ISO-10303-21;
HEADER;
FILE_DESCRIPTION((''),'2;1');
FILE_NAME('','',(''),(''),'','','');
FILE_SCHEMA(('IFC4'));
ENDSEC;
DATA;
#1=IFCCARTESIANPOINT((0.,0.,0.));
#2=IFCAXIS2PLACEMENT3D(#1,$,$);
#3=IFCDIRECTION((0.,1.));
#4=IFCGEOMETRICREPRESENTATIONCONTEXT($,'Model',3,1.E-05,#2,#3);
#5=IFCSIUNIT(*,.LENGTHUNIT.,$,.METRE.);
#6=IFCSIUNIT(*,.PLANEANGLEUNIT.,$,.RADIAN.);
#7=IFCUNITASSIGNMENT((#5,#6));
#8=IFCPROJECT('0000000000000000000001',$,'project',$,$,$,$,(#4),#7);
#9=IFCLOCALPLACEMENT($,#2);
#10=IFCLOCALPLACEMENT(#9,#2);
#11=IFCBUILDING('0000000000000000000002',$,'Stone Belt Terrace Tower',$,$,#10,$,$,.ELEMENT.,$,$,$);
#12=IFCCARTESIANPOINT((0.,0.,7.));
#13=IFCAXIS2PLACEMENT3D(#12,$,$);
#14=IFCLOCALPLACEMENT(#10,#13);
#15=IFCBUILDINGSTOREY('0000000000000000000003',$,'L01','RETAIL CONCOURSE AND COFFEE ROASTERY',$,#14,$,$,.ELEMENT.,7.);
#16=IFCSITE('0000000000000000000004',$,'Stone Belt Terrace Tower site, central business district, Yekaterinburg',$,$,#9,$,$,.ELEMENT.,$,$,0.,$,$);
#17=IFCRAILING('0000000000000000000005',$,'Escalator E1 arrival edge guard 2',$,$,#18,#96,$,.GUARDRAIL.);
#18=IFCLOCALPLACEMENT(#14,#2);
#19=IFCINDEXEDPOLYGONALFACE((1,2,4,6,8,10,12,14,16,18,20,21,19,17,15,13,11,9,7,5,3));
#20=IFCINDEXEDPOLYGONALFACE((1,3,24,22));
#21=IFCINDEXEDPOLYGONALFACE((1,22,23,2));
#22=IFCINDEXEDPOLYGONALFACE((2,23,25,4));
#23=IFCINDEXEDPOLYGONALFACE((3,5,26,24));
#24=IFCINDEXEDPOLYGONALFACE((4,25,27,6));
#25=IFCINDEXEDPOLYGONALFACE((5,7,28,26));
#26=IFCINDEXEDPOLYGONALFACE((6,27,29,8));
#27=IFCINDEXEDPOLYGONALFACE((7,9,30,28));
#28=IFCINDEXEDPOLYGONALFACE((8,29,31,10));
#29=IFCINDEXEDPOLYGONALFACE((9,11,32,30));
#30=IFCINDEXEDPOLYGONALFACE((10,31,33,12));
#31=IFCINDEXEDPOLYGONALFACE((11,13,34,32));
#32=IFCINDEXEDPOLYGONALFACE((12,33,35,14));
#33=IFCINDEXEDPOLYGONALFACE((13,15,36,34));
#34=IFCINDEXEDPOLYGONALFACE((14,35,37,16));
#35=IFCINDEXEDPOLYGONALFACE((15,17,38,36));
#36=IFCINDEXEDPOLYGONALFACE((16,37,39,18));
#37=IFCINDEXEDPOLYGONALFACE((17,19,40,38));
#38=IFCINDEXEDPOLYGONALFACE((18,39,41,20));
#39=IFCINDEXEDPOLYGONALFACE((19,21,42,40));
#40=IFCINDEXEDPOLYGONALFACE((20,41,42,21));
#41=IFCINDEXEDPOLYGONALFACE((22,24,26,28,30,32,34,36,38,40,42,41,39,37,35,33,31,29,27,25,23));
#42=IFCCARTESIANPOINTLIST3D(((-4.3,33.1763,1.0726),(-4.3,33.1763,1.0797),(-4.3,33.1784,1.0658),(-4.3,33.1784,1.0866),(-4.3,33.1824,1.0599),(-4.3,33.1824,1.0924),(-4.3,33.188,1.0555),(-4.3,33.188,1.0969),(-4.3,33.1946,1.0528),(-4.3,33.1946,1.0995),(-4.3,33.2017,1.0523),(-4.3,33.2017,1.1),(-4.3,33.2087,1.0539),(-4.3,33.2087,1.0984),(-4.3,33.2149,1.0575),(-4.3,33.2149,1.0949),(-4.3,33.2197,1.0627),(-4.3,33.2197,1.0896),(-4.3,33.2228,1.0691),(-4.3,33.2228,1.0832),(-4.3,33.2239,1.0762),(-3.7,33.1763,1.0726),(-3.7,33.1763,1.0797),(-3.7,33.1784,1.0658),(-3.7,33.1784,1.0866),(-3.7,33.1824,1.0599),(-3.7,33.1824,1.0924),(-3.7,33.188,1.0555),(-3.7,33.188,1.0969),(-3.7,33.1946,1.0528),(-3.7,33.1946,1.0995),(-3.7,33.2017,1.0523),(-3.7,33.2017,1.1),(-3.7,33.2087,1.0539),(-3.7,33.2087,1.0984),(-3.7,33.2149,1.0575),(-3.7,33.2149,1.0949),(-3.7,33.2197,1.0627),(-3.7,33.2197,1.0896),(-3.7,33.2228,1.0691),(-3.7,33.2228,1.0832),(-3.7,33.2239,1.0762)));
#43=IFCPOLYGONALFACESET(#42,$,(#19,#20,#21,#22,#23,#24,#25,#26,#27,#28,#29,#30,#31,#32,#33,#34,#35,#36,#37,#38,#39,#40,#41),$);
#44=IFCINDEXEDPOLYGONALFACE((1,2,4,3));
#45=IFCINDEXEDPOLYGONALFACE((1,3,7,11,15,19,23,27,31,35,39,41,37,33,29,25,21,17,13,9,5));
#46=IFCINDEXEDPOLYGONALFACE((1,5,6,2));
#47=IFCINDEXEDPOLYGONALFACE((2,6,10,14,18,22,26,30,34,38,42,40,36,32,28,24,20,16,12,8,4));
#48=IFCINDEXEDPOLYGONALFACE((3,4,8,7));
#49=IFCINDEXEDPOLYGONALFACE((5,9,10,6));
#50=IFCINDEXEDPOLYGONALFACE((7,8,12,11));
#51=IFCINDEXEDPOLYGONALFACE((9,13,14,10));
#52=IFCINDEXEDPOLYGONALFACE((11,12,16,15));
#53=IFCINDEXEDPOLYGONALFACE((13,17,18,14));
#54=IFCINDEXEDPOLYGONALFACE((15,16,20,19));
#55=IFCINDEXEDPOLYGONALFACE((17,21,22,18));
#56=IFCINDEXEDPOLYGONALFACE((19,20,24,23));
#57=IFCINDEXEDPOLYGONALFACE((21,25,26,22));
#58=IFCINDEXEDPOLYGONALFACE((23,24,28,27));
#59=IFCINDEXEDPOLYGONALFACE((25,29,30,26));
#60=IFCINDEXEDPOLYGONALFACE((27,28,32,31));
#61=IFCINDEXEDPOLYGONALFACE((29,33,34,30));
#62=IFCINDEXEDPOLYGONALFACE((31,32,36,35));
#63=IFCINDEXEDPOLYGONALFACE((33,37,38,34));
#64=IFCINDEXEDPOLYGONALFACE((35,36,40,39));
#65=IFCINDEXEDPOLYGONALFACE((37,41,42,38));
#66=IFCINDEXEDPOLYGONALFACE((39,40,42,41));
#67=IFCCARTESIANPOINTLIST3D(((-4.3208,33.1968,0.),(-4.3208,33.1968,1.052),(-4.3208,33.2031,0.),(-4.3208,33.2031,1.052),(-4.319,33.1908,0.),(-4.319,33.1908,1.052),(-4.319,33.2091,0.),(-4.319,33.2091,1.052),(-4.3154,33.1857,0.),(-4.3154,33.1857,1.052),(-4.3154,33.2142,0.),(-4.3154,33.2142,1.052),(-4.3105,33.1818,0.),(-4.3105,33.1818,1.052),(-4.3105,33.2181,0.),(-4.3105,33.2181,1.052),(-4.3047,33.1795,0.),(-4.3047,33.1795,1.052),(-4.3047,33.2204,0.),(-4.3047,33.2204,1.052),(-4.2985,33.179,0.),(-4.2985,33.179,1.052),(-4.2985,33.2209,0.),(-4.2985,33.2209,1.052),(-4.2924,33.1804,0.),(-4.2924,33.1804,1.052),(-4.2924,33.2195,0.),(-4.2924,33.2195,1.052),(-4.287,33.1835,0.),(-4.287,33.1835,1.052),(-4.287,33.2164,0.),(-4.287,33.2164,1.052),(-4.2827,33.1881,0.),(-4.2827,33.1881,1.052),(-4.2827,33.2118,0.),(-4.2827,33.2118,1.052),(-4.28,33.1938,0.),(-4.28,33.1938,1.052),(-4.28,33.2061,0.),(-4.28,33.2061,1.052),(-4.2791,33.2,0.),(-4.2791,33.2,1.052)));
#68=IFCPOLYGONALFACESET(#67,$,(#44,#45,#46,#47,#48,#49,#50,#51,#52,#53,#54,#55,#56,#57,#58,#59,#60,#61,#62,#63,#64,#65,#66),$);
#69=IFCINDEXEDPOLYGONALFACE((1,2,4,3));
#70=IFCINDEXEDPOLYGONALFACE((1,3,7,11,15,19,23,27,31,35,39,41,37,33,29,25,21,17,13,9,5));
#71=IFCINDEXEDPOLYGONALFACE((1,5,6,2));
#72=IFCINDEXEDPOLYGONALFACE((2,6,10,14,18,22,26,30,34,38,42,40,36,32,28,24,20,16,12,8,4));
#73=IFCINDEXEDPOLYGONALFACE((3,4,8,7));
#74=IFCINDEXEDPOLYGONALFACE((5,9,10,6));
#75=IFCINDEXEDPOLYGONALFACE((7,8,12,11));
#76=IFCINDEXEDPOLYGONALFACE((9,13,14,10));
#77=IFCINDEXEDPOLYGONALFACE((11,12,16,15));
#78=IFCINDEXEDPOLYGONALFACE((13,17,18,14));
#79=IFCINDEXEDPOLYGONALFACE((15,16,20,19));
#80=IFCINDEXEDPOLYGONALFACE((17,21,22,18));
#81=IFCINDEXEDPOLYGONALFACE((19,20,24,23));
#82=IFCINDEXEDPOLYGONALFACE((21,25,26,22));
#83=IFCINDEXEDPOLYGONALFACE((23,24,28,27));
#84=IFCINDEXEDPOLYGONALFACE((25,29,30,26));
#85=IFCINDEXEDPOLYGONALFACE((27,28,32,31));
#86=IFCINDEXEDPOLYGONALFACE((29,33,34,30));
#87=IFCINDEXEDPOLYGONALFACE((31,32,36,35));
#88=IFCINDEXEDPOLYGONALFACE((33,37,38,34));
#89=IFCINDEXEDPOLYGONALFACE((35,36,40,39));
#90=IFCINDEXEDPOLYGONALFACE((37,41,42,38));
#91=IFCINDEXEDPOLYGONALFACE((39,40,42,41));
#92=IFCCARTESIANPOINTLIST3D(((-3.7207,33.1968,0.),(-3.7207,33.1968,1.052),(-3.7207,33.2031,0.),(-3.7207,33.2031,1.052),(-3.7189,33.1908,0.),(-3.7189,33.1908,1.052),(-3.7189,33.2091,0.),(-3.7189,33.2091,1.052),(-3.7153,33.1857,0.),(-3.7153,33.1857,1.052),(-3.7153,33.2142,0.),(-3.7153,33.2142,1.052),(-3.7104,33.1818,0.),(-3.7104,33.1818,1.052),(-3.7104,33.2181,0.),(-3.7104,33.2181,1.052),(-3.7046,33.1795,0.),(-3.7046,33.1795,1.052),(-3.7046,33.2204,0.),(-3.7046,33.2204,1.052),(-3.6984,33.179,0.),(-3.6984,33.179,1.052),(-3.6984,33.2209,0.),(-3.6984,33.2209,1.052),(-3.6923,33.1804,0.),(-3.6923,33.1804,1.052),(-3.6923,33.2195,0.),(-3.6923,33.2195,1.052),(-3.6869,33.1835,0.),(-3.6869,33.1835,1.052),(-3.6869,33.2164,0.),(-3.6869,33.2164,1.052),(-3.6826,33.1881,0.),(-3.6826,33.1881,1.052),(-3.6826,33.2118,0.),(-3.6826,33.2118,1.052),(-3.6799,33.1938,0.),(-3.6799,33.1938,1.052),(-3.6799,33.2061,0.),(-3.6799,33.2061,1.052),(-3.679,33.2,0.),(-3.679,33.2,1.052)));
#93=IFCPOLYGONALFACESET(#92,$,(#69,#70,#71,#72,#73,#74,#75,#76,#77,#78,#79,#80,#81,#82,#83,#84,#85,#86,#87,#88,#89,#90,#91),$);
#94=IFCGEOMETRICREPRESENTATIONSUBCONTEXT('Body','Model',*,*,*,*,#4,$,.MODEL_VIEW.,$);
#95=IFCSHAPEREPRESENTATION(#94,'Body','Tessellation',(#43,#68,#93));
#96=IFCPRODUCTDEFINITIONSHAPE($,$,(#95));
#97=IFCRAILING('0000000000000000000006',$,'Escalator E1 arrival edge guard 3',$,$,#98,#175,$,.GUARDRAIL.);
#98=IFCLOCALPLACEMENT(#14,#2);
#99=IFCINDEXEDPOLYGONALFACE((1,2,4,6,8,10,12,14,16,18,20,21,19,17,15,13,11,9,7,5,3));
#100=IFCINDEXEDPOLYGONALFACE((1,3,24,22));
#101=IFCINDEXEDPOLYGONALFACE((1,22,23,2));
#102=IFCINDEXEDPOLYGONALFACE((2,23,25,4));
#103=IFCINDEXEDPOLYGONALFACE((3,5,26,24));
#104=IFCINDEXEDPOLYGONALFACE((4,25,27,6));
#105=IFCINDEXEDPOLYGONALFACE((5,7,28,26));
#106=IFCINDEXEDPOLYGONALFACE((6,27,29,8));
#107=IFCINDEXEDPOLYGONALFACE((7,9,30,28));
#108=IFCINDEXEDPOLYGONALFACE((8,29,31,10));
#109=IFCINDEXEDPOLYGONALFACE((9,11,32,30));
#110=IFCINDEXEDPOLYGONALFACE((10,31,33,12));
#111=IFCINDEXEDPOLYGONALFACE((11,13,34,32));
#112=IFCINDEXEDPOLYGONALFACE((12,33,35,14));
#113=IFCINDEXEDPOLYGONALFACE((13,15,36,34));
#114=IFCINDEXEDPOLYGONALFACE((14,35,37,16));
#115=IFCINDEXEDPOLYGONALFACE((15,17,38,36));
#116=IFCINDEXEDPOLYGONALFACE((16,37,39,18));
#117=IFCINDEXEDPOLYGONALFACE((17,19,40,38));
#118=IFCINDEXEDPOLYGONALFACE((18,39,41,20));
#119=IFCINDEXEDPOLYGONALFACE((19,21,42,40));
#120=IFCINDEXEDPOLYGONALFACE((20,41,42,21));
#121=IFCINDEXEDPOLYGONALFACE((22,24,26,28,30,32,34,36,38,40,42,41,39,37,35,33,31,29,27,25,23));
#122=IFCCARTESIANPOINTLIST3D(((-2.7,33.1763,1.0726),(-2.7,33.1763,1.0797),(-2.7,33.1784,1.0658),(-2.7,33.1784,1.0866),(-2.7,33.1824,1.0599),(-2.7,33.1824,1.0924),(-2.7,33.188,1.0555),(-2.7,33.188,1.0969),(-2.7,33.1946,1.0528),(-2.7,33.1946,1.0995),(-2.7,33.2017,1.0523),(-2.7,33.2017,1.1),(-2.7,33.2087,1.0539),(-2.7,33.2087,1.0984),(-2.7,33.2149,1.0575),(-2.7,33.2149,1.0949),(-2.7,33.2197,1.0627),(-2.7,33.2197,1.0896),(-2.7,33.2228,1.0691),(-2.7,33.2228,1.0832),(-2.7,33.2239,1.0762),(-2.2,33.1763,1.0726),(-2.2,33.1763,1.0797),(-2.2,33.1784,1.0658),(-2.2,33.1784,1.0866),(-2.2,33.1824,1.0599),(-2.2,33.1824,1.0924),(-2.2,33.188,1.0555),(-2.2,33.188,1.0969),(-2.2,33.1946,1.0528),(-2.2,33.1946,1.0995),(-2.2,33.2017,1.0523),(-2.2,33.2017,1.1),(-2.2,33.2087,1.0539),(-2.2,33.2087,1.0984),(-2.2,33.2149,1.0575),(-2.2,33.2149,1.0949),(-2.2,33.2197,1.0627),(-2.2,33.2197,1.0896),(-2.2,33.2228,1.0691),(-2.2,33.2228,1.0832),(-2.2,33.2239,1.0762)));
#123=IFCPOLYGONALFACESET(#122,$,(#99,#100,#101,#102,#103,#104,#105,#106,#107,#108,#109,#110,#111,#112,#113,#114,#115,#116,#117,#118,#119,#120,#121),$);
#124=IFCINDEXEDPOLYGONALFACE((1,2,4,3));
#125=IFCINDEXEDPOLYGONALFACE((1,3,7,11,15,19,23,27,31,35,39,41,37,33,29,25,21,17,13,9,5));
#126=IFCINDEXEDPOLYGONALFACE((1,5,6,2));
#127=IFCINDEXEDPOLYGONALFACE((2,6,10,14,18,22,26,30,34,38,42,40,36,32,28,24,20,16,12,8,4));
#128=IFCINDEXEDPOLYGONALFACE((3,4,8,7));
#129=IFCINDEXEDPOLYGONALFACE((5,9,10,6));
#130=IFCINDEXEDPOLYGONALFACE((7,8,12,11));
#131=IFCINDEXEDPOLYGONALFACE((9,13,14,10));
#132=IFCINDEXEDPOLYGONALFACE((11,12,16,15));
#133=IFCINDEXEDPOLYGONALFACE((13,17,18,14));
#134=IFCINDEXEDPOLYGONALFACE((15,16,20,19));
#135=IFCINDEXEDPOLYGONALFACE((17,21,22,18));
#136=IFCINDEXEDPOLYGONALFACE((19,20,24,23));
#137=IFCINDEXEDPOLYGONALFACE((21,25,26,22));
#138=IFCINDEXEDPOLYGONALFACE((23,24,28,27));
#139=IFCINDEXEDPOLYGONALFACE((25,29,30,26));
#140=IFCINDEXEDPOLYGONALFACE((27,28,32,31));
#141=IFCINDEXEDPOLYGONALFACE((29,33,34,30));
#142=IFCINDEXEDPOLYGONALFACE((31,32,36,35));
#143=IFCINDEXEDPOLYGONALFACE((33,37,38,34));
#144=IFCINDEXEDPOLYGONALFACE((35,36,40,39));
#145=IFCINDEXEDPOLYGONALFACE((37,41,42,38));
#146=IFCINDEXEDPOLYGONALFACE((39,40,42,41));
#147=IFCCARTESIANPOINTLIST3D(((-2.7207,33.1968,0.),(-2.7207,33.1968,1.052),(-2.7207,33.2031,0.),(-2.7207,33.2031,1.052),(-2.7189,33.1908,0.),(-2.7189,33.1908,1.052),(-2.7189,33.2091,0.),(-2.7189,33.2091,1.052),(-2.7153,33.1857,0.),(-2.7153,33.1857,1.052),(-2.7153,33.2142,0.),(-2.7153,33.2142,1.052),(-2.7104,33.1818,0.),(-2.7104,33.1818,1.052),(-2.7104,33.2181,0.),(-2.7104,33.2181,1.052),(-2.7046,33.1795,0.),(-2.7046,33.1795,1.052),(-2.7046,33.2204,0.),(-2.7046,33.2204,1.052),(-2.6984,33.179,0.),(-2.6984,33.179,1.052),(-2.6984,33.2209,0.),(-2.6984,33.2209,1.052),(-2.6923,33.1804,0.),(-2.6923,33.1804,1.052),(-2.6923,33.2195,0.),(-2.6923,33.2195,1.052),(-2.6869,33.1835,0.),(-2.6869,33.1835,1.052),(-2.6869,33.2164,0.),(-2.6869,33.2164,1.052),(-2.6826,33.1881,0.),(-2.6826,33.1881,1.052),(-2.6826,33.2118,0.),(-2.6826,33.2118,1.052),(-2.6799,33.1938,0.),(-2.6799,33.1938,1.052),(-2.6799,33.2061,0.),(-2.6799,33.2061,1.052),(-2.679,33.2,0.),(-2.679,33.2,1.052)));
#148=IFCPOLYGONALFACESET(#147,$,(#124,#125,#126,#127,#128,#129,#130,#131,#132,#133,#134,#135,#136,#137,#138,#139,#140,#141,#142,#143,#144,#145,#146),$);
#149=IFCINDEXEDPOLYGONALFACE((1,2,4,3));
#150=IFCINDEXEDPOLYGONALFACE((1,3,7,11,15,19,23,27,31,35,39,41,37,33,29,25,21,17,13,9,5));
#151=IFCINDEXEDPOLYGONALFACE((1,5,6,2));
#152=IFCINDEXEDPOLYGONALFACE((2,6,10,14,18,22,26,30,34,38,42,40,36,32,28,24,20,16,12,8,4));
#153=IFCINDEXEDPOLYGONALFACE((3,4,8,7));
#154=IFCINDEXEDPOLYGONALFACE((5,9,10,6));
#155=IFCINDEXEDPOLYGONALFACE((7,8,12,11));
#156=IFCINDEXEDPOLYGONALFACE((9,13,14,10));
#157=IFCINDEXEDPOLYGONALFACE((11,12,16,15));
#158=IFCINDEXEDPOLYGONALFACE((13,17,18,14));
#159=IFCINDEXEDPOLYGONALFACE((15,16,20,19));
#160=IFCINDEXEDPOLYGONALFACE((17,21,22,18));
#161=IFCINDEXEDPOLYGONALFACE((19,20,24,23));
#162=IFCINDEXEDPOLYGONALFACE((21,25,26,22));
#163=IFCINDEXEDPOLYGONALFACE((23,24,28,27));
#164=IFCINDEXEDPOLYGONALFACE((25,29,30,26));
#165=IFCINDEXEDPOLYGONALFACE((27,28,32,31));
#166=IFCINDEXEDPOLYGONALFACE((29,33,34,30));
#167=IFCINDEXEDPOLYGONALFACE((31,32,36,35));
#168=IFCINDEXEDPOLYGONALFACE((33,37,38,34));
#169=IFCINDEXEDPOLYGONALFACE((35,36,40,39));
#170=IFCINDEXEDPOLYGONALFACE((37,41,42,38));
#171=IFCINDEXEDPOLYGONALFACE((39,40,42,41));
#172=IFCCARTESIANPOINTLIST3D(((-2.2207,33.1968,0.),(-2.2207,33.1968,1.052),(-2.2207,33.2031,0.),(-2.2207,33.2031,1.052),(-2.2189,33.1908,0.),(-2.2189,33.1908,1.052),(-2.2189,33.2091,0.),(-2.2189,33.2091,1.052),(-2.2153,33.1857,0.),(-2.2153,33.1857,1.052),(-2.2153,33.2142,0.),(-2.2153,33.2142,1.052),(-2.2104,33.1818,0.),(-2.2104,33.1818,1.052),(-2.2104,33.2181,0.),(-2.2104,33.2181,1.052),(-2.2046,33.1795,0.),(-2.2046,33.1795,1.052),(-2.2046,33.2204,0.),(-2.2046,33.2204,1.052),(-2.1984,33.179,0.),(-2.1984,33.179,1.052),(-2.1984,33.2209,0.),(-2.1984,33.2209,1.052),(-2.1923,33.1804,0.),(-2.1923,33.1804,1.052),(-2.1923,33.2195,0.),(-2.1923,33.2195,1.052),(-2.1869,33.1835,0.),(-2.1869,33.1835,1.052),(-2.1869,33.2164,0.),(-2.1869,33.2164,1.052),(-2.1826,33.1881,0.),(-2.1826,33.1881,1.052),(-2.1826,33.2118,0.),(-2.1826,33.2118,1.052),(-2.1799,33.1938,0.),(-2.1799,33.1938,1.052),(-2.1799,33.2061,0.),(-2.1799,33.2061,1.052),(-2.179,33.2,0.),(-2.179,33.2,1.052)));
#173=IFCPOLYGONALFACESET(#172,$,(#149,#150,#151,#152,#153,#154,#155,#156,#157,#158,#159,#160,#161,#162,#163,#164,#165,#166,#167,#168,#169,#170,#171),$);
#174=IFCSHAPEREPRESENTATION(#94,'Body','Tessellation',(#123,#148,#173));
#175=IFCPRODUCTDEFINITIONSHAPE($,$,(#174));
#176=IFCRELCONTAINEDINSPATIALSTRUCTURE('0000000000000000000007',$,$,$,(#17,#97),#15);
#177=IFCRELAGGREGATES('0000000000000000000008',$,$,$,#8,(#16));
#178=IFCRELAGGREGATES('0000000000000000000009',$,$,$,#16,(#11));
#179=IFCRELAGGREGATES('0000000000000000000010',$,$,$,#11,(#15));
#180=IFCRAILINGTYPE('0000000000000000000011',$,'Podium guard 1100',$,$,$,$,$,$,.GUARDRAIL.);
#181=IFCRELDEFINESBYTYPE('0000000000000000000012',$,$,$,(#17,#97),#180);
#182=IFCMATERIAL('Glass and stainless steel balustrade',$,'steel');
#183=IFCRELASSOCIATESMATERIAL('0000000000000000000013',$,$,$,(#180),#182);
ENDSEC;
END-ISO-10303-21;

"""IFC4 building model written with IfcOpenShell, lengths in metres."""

from ifc_helpers import new_model, si_unit, direction, frame, origin, origin_2d, place, context, subcontext, project, spatial, circle, extrude, material, type_object, element, save


model = new_model("IFC4")

# Units and contexts
model_context = context("Model", 3, precision=1e-05, world=origin(), true_north=direction((0.0, 1.0)))
body_context = subcontext(model_context, "Body", "Model", "MODEL_VIEW")
ifc_project = project(units=[si_unit("LENGTHUNIT", "METRE"), si_unit("PLANEANGLEUNIT", "RADIAN")], contexts=[model_context])

# Site, building, storey
site_placement = place(None, origin())
site = spatial("IfcSite", under=ifc_project, at=site_placement, Name="Stone Belt Terrace Tower site, central business district, Yekaterinburg", CompositionType="ELEMENT", RefElevation=0.0)
building_placement = place(site_placement, origin())
building = spatial("IfcBuilding", under=site, at=building_placement, Name="Stone Belt Terrace Tower", CompositionType="ELEMENT")
storey_placement = place(building_placement, frame((0.0, 0.0, 7.0)))
storey = spatial("IfcBuildingStorey", under=building, at=storey_placement, Name="L01", Description="RETAIL CONCOURSE AND COFFEE ROASTERY", CompositionType="ELEMENT", Elevation=7.0)

# Railings
ifc_material_1 = material(Name="Glass and stainless steel balustrade", Category="steel")
railing_type = type_object("IfcRailingType", Name="Podium guard 1100", PredefinedType="GUARDRAIL", material=ifc_material_1)
railing_1_placement = place(storey_placement, frame((-4.3, 33.2, 0.0)))
element("IfcRailing", 1, at=railing_1_placement, inside=storey, type_object=railing_type, Name="Escalator E1 arrival edge guard 2", PredefinedType="GUARDRAIL", context=body_context, shape_type="SweptSolid", body=[
    extrude(circle(Radius=0.0239, at=origin_2d()), frame((0.0, 0.0, 1.0762), z_axis=(1.0, 0.0, 0.0), x_axis=(0.0, 1.0, 0.0)), (0.0, 0.0, 1.0), 0.6001),
    extrude(circle(Radius=0.021, at=origin_2d()), origin(), (0.0, 0.0, 1.0), 1.052),
    extrude(circle(Radius=0.021, at=origin_2d()), frame((0.6001, 0.0, 0.0)), (0.0, 0.0, 1.0), 1.052),
])
railing_2_placement = place(storey_placement, frame((-2.7, 33.2, 0.0)))
element("IfcRailing", 2, at=railing_2_placement, inside=storey, type_object=railing_type, Name="Escalator E1 arrival edge guard 3", PredefinedType="GUARDRAIL", context=body_context, shape_type="SweptSolid", body=[
    extrude(circle(Radius=0.0239, at=origin_2d()), frame((0.0, 0.0, 1.0762), z_axis=(1.0, 0.0, 0.0), x_axis=(0.0, 1.0, 0.0)), (0.0, 0.0, 1.0), 0.5),
    extrude(circle(Radius=0.021, at=origin_2d()), origin(), (0.0, 0.0, 1.0), 1.052),
    extrude(circle(Radius=0.021, at=origin_2d()), frame((0.5, 0.0, 0.0)), (0.0, 0.0, 1.0), 1.052),
])

save(model, "model.ifc")
